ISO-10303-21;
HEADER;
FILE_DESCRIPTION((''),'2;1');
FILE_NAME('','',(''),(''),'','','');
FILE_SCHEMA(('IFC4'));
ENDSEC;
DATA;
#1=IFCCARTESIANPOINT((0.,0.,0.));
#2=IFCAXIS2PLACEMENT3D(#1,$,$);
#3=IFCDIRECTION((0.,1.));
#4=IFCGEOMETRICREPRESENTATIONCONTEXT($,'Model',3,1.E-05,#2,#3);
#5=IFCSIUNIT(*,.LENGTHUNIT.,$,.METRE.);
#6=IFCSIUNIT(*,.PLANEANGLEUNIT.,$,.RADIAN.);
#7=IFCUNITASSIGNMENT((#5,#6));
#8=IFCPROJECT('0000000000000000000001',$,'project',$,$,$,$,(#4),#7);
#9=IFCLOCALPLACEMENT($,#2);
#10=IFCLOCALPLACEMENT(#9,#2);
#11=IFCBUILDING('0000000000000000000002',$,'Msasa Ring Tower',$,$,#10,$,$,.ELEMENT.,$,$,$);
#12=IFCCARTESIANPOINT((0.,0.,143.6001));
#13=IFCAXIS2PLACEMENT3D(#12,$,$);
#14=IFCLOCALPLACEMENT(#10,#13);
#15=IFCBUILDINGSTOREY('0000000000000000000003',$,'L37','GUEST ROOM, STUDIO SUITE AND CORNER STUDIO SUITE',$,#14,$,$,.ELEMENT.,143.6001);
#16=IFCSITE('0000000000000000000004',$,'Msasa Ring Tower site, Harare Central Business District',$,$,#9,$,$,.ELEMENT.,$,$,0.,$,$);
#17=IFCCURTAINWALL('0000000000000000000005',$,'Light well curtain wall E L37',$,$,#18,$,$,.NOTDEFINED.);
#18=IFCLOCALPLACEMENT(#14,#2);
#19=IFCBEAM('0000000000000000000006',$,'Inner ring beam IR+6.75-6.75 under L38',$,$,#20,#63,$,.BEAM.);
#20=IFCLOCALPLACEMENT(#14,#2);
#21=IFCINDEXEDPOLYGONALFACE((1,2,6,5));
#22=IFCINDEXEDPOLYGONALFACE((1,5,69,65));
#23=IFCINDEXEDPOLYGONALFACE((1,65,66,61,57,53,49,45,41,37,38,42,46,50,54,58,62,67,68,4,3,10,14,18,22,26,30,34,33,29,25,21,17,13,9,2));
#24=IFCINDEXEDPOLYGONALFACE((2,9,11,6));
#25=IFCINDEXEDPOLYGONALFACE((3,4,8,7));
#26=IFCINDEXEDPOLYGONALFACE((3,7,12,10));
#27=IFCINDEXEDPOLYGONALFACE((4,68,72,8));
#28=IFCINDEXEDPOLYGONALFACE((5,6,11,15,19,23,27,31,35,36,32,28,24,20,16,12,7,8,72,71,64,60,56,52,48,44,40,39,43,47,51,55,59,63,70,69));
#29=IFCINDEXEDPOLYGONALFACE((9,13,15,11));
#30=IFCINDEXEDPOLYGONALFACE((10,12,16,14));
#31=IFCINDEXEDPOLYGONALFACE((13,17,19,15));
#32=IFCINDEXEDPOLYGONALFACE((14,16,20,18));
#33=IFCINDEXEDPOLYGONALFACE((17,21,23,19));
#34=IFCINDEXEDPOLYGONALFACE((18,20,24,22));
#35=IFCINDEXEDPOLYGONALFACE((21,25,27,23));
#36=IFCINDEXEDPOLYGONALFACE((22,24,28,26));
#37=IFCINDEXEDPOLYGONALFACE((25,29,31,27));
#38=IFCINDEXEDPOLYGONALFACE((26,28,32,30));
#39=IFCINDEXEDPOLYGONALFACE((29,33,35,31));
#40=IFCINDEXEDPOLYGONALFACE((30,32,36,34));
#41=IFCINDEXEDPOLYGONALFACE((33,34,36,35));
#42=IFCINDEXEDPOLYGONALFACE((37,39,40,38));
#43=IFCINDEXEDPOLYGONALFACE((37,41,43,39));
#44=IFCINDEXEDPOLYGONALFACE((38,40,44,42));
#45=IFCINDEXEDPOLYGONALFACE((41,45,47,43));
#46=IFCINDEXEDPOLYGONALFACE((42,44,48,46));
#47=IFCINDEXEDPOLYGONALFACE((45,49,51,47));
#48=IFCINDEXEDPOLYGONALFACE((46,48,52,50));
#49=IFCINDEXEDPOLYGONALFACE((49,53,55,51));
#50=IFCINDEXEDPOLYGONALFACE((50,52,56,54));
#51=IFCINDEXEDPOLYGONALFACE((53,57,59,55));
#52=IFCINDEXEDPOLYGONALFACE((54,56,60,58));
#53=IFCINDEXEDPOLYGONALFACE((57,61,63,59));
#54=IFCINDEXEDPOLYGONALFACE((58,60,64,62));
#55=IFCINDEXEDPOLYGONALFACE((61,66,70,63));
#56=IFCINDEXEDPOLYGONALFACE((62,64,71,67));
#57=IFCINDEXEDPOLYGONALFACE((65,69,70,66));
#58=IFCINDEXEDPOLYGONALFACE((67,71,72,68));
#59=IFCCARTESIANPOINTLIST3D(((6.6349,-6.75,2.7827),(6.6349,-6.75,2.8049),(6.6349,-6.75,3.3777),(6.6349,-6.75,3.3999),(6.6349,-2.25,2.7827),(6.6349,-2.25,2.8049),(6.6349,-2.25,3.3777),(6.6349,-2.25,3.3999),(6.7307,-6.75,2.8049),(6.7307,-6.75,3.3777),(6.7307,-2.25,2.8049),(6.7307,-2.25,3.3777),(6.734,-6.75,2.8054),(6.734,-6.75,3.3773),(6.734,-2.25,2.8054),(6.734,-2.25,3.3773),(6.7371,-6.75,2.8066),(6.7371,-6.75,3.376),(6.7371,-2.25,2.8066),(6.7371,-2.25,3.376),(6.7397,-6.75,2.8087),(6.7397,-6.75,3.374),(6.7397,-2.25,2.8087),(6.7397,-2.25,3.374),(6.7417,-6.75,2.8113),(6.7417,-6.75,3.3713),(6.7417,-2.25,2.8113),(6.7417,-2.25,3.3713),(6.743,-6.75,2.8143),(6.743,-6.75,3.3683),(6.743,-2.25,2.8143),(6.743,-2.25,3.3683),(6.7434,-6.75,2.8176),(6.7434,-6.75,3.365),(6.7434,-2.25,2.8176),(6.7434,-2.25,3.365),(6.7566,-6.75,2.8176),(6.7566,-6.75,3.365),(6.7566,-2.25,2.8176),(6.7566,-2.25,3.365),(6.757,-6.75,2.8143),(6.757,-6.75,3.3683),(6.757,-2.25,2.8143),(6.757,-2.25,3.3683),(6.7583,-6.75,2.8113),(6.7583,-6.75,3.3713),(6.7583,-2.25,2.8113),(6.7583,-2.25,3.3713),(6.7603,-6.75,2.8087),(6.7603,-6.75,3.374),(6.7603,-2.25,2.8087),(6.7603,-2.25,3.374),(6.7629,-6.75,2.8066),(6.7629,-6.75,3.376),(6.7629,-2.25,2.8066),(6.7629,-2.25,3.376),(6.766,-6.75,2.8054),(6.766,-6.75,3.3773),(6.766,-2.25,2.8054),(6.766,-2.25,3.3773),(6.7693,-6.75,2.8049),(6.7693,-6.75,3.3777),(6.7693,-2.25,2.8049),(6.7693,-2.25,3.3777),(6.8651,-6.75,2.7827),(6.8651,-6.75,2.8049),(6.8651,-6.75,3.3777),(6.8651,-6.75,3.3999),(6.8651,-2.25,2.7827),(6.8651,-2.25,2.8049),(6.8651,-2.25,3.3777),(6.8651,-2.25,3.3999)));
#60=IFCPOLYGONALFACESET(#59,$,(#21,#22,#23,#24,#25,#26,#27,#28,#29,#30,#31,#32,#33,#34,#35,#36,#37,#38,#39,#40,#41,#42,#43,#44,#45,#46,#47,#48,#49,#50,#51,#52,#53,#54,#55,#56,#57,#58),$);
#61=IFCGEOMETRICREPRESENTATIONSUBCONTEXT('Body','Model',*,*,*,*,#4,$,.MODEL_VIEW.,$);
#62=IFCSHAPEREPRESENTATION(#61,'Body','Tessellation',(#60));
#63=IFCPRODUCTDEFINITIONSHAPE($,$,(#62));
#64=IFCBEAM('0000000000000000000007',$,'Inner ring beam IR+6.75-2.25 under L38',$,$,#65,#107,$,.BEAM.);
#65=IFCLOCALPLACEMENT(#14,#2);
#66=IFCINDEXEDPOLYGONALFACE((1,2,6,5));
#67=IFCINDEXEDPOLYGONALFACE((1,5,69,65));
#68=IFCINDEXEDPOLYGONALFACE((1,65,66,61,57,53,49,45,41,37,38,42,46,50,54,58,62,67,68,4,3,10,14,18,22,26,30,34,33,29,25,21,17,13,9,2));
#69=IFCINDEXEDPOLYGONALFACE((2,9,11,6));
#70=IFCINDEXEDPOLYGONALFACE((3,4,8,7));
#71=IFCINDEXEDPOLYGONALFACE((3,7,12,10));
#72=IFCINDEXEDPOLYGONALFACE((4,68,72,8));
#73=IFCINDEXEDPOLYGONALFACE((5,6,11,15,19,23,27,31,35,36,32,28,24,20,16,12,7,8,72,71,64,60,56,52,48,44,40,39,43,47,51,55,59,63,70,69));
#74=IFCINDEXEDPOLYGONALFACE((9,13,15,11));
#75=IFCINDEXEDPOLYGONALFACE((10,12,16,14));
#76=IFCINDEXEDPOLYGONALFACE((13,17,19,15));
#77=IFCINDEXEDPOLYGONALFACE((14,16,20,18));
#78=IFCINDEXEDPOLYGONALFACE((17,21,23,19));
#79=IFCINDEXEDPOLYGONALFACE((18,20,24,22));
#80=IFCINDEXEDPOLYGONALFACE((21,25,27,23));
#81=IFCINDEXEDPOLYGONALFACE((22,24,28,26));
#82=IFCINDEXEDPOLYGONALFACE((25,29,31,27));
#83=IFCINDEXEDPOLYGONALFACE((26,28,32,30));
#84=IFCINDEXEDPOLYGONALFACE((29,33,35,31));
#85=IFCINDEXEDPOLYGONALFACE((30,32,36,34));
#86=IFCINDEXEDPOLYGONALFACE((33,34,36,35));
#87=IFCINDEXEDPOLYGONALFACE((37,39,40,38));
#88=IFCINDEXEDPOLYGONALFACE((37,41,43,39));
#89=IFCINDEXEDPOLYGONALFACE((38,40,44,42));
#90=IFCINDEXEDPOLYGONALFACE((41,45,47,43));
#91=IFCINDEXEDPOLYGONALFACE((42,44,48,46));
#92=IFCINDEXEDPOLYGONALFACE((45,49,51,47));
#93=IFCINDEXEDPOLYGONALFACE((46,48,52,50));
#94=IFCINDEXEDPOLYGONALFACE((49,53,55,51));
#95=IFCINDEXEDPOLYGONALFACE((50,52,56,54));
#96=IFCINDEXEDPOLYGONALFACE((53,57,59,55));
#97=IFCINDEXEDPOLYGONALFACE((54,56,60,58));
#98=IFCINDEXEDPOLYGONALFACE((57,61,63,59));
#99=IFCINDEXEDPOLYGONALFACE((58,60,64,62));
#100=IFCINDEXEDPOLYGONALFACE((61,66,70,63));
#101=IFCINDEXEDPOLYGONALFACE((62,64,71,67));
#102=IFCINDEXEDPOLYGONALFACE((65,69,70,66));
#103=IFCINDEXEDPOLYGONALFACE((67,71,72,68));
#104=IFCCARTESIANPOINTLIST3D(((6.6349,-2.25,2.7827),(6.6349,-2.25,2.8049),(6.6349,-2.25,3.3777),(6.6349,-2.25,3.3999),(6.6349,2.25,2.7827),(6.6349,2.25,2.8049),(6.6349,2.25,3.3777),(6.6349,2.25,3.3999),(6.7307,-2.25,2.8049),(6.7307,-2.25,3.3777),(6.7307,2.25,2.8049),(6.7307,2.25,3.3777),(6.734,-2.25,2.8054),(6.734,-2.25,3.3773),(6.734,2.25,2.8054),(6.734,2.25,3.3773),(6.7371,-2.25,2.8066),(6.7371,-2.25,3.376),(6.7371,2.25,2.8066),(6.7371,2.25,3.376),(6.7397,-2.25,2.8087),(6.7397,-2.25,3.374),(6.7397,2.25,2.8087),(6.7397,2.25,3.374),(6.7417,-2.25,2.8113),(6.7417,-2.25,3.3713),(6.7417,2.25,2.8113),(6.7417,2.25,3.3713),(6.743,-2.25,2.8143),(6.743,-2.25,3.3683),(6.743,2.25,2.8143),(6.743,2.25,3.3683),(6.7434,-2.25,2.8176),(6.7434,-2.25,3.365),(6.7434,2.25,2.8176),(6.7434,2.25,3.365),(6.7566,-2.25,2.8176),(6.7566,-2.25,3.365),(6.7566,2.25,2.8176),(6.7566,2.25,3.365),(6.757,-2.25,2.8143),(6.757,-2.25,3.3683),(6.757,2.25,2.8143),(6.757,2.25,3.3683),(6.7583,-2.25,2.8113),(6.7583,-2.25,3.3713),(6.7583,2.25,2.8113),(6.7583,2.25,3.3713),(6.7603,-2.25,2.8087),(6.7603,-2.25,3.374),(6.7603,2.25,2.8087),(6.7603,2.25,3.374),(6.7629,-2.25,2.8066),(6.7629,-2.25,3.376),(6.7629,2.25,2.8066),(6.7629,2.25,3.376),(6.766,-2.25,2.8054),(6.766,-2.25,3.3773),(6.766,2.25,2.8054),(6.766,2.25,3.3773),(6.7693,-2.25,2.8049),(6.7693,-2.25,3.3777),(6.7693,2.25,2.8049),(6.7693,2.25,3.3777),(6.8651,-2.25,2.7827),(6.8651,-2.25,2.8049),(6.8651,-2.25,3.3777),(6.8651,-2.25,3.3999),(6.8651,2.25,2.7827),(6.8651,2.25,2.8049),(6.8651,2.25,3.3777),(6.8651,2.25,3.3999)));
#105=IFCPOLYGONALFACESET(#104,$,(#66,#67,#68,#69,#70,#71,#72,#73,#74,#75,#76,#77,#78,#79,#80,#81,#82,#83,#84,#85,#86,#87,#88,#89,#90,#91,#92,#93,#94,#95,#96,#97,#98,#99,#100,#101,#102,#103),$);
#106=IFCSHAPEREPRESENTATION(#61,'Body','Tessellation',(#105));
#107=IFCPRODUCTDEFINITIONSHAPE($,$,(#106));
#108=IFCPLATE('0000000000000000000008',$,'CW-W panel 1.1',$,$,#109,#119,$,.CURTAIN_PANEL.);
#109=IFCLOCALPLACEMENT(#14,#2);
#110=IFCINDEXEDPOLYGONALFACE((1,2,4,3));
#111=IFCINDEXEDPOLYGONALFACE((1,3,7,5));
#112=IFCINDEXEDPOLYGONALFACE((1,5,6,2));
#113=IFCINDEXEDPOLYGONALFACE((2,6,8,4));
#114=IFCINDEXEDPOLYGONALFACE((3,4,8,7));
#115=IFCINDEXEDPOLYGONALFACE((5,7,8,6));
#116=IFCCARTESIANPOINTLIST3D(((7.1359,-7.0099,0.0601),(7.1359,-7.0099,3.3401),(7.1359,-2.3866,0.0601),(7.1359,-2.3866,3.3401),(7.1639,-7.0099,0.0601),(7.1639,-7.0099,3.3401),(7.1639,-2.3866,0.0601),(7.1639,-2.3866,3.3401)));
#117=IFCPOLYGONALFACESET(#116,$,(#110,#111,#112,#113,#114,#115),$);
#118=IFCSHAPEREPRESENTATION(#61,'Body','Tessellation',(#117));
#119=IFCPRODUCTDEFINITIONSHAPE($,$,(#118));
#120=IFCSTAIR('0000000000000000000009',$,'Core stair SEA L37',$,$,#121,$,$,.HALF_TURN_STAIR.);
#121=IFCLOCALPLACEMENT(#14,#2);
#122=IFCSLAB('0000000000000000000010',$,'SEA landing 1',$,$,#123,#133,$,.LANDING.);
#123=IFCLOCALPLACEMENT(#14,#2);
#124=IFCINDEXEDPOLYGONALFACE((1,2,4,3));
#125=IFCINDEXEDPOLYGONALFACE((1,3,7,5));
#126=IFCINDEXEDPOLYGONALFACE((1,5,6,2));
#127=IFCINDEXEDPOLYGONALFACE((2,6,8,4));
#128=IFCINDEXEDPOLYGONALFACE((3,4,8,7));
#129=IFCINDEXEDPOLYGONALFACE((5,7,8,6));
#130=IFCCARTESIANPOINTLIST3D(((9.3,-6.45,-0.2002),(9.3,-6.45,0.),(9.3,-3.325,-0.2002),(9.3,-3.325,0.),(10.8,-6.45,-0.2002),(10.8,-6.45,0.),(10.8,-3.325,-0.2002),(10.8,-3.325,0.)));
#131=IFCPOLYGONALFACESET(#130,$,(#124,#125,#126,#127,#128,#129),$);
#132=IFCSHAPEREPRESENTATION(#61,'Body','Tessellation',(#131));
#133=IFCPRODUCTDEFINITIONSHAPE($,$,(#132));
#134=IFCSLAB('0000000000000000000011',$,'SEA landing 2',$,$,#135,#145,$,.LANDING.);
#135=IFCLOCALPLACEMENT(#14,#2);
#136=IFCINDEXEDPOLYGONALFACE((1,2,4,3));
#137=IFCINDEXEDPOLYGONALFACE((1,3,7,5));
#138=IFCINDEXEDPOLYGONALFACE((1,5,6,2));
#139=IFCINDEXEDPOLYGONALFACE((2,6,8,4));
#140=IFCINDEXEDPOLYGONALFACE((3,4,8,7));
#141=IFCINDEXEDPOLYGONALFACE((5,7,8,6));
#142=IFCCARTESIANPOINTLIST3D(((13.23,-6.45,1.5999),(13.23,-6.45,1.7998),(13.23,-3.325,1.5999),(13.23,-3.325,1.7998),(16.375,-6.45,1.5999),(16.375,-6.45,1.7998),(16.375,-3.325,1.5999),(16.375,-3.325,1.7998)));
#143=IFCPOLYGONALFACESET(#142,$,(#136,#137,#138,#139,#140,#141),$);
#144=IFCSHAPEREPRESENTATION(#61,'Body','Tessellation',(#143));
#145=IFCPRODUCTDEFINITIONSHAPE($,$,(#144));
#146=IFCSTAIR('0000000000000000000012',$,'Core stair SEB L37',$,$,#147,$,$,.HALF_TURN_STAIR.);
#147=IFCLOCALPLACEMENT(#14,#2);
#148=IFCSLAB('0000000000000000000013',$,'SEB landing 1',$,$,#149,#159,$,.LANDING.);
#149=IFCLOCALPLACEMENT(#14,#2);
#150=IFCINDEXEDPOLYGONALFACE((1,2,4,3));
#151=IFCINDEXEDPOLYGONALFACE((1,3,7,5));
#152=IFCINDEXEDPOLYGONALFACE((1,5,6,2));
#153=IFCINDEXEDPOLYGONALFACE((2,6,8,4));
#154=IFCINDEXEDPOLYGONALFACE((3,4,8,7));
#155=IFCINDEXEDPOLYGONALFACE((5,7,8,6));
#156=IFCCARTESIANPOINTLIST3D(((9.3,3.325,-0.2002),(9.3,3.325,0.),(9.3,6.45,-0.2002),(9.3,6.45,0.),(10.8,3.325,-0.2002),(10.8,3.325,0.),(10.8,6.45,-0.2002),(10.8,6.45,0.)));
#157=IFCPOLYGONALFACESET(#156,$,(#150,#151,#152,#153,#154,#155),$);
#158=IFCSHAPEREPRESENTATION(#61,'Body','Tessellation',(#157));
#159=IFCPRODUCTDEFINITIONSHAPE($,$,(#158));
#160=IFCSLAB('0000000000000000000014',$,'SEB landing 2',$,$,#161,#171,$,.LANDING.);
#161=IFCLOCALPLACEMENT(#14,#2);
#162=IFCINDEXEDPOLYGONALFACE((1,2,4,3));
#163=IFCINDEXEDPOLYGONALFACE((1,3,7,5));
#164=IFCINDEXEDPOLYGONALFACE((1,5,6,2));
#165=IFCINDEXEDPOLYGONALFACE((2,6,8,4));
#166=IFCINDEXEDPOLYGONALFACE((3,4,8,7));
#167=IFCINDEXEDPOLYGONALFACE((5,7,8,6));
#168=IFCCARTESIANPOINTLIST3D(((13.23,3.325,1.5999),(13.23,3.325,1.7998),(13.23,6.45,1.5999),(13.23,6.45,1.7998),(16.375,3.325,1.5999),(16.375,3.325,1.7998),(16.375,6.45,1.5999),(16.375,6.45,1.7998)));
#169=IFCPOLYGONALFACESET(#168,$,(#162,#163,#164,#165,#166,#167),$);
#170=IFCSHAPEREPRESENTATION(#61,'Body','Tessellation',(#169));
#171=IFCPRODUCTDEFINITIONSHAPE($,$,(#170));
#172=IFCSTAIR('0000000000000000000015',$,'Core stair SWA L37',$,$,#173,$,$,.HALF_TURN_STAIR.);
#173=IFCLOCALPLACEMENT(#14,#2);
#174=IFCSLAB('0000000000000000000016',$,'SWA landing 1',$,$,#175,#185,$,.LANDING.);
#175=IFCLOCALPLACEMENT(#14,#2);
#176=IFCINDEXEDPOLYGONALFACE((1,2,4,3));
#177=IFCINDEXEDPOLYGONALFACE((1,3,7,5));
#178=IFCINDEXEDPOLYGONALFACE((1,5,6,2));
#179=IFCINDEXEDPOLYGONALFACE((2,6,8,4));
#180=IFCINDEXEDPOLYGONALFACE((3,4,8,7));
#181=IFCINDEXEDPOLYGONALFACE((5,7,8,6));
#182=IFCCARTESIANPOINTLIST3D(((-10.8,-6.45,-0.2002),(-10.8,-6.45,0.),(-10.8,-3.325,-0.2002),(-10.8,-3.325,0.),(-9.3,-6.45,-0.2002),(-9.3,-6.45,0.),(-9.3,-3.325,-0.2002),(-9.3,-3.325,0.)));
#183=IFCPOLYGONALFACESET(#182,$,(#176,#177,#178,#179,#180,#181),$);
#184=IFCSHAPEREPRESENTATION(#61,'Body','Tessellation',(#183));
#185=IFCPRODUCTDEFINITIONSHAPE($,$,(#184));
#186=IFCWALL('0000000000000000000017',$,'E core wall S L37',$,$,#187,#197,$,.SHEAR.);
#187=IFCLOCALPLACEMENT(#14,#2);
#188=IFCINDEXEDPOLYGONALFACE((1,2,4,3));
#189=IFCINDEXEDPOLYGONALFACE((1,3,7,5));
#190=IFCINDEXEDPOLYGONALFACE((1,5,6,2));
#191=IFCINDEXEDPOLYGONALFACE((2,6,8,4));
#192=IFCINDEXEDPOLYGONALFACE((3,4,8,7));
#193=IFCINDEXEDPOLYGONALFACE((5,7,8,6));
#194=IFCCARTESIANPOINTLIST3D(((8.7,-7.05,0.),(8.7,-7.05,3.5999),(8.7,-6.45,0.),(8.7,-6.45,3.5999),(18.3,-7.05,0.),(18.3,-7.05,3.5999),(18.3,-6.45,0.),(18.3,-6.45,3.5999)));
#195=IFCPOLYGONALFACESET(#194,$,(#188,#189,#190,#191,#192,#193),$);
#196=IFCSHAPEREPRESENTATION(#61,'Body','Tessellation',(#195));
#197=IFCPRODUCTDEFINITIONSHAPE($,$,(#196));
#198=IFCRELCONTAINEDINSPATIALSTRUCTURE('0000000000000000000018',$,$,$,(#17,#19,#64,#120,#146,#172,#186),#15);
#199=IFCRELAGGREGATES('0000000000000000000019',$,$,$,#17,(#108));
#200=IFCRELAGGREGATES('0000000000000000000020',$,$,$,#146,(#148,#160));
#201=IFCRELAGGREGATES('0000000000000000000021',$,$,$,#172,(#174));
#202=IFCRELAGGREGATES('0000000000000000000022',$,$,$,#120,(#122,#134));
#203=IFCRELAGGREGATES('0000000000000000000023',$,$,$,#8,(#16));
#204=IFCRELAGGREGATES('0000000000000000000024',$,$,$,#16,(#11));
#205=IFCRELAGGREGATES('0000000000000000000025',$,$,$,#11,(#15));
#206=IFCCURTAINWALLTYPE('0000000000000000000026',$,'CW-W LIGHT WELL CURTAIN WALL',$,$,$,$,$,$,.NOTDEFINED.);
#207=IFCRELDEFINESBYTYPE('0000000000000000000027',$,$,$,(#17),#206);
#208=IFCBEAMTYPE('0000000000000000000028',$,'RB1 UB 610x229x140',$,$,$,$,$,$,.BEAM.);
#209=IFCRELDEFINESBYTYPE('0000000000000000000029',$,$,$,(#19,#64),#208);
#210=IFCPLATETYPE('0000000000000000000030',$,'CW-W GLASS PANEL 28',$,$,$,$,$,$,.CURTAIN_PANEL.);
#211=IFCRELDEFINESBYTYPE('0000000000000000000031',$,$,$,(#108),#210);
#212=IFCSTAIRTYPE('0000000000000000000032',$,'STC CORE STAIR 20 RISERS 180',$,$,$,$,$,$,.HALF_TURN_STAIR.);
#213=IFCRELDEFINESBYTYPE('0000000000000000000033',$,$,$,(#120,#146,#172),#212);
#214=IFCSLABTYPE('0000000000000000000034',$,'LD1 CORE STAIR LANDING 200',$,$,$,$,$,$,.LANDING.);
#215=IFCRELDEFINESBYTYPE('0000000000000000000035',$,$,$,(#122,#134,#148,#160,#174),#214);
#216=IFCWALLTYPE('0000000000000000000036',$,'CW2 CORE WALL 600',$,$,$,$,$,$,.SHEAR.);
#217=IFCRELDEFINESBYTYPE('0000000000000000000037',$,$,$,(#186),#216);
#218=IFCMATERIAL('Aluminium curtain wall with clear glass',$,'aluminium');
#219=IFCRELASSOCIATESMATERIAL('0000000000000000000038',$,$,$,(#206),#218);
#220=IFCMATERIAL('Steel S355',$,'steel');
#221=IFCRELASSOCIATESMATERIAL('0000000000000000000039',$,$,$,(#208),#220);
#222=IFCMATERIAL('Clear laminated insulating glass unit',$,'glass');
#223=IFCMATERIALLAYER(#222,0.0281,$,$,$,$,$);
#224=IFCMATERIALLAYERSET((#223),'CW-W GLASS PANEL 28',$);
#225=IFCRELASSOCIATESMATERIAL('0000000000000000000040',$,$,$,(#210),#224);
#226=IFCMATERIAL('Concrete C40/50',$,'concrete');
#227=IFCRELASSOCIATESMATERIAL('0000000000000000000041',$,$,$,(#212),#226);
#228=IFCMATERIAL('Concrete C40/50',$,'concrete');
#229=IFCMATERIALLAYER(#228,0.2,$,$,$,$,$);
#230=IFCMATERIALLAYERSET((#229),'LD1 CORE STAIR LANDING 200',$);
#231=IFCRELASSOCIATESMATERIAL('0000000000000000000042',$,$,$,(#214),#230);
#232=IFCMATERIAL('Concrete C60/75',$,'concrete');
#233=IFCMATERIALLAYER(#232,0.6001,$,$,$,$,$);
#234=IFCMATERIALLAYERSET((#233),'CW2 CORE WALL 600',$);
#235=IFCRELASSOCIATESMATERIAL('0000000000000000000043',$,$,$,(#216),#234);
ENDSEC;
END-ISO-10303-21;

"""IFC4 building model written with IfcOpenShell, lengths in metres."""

from ifc_helpers import new_model, si_unit, direction, frame, frame_2d, origin, origin_2d, place, context, subcontext, project, spatial, polyline, rectangle, i_section, outline, extrude, material, layer, layer_set, material_profile, profile_set, type_object, element, aggregate, save


model = new_model("IFC4")

# Units and contexts
model_context = context("Model", 3, precision=1e-05, world=origin(), true_north=direction((0.0, 1.0)))
body_context = subcontext(model_context, "Body", "Model", "MODEL_VIEW")
ifc_project = project(units=[si_unit("LENGTHUNIT", "METRE"), si_unit("PLANEANGLEUNIT", "RADIAN")], contexts=[model_context])

# Site, building, storey
site_placement = place(None, origin())
site = spatial("IfcSite", under=ifc_project, at=site_placement, Name="Msasa Ring Tower site, Harare Central Business District", CompositionType="ELEMENT", RefElevation=0.0)
building_placement = place(site_placement, origin())
building = spatial("IfcBuilding", under=site, at=building_placement, Name="Msasa Ring Tower", CompositionType="ELEMENT")
storey_placement = place(building_placement, frame((0.0, 0.0, 143.6001)))
storey = spatial("IfcBuildingStorey", under=building, at=storey_placement, Name="L37", Description="GUEST ROOM, STUDIO SUITE AND CORNER STUDIO SUITE", CompositionType="ELEMENT", Elevation=143.6001)

# Curtain wall
ifc_material_1 = material(Name="Aluminium curtain wall with clear glass", Category="aluminium")
curtain_wall_type = type_object("IfcCurtainWallType", Name="CW-W LIGHT WELL CURTAIN WALL", PredefinedType="NOTDEFINED", material=ifc_material_1)
curtain_wall_placement = place(storey_placement, origin())
curtain_wall = element("IfcCurtainWall", 1, at=curtain_wall_placement, inside=storey, type_object=curtain_wall_type, Name="Light well curtain wall E L37", PredefinedType="NOTDEFINED")

# Beams
ifc_material_2 = material(Name="Steel S355", Category="steel")
ifc_material_profile_1 = material_profile(ifc_material_2, i_section(OverallWidth=0.2302, OverallDepth=0.6172, WebThickness=0.0132, FlangeThickness=0.0222, FilletRadius=0.0127, at=origin_2d()), Name="UB 610x229x140")
ifc_profile_set_1 = profile_set([ifc_material_profile_1], Name="Steel S355")
beam_type = type_object("IfcBeamType", Name="RB1 UB 610x229x140", PredefinedType="BEAM", material=ifc_profile_set_1)
for number, where, z_axis, x_axis, name in (
    (2, (6.75, -6.75, 3.0913), (0.0, 1.0, 0.0), (-1.0, 0.0, 0.0), "Inner ring beam IR+6.75-6.75 under L38"),
    (3, (6.75, -2.25, 3.0913), (0.0, 1.0, 0.0), (-1.0, 0.0, 0.0), "Inner ring beam IR+6.75-2.25 under L38"),
):
    element("IfcBeam", number, at=place(storey_placement, frame(where, z_axis=z_axis, x_axis=x_axis)), inside=storey, type_object=beam_type, Name=name, PredefinedType="BEAM", context=body_context, shape_type="SweptSolid", body=[
        extrude(i_section(OverallWidth=0.2302, OverallDepth=0.6172, WebThickness=0.0132, FlangeThickness=0.0222, FilletRadius=0.0127, at=origin_2d()), origin(), (0.0, 0.0, 1.0), 4.5),
    ])

# Plate
ifc_material_3 = material(Name="Clear laminated insulating glass unit", Category="glass")
ifc_layer_1 = layer(ifc_material_3, 0.0281)
ifc_layer_set_1 = layer_set([ifc_layer_1], Name="CW-W GLASS PANEL 28")
plate_type = type_object("IfcPlateType", Name="CW-W GLASS PANEL 28", PredefinedType="CURTAIN_PANEL", material=ifc_layer_set_1)
plate_placement = place(storey_placement, frame((7.1499, -4.6982, 0.0601), z_axis=(0.0, 0.0, 1.0), x_axis=(0.0, 1.0, 0.0)))
plate = element("IfcPlate", 4, at=plate_placement, type_object=plate_type, Name="CW-W panel 1.1", PredefinedType="CURTAIN_PANEL", context=body_context, shape_type="SweptSolid", body=[
    extrude(rectangle(XDim=4.6233, YDim=0.0281, at=origin_2d()), origin(), (0.0, 0.0, 1.0), 3.28),
])
aggregate(curtain_wall, [plate])

# Stairs, slabs
ifc_material_4 = material(Name="Concrete C40/50", Category="concrete")
stair_type = type_object("IfcStairType", Name="STC CORE STAIR 20 RISERS 180", PredefinedType="HALF_TURN_STAIR", material=ifc_material_4)
stair_1_placement = place(storey_placement, origin())
stair_1 = element("IfcStair", 5, at=stair_1_placement, inside=storey, type_object=stair_type, Name="Core stair SEA L37", PredefinedType="HALF_TURN_STAIR")
ifc_material_5 = material(Name="Concrete C40/50", Category="concrete")
ifc_layer_2 = layer(ifc_material_5, 0.2)
ifc_layer_set_2 = layer_set([ifc_layer_2], Name="LD1 CORE STAIR LANDING 200")
slab_type = type_object("IfcSlabType", Name="LD1 CORE STAIR LANDING 200", PredefinedType="LANDING", material=ifc_layer_set_2)
slab_1_placement = place(storey_placement, frame((0.0, 0.0, -0.2002)))
slab_1 = element("IfcSlab", 6, at=slab_1_placement, type_object=slab_type, Name="SEA landing 1", PredefinedType="LANDING", context=body_context, shape_type="SweptSolid", body=[
    extrude(outline(polyline([(9.3, -6.45), (10.8, -6.45), (10.8, -3.325), (9.3, -3.325), (9.3, -6.45)])), origin(), (0.0, 0.0, 1.0), 0.2002),
])
slab_2_placement = place(storey_placement, frame((0.0, 0.0, 1.5999)))
slab_2 = element("IfcSlab", 7, at=slab_2_placement, type_object=slab_type, Name="SEA landing 2", PredefinedType="LANDING", context=body_context, shape_type="SweptSolid", body=[
    extrude(outline(polyline([(13.23, -6.45), (16.375, -6.45), (16.375, -3.325), (13.23, -3.325), (13.23, -6.45)])), origin(), (0.0, 0.0, 1.0), 0.2),
])
stair_2_placement = place(storey_placement, origin())
stair_2 = element("IfcStair", 8, at=stair_2_placement, inside=storey, type_object=stair_type, Name="Core stair SEB L37", PredefinedType="HALF_TURN_STAIR")
slab_3_placement = place(storey_placement, frame((0.0, 0.0, -0.2002)))
slab_3 = element("IfcSlab", 9, at=slab_3_placement, type_object=slab_type, Name="SEB landing 1", PredefinedType="LANDING", context=body_context, shape_type="SweptSolid", body=[
    extrude(outline(polyline([(9.3, 3.325), (10.8, 3.325), (10.8, 6.45), (9.3, 6.45), (9.3, 3.325)])), origin(), (0.0, 0.0, 1.0), 0.2002),
])
slab_4_placement = place(storey_placement, frame((0.0, 0.0, 1.5999)))
slab_4 = element("IfcSlab", 10, at=slab_4_placement, type_object=slab_type, Name="SEB landing 2", PredefinedType="LANDING", context=body_context, shape_type="SweptSolid", body=[
    extrude(outline(polyline([(13.23, 3.325), (16.375, 3.325), (16.375, 6.45), (13.23, 6.45), (13.23, 3.325)])), origin(), (0.0, 0.0, 1.0), 0.2),
])
aggregate(stair_2, [slab_3, slab_4])

# Stair, slab
stair_3_placement = place(storey_placement, origin())
stair_3 = element("IfcStair", 11, at=stair_3_placement, inside=storey, type_object=stair_type, Name="Core stair SWA L37", PredefinedType="HALF_TURN_STAIR")
slab_5_placement = place(storey_placement, frame((0.0, 0.0, -0.2002)))
slab_5 = element("IfcSlab", 12, at=slab_5_placement, type_object=slab_type, Name="SWA landing 1", PredefinedType="LANDING", context=body_context, shape_type="SweptSolid", body=[
    extrude(outline(polyline([(-10.8, -6.45), (-9.3, -6.45), (-9.3, -3.325), (-10.8, -3.325), (-10.8, -6.45)])), origin(), (0.0, 0.0, 1.0), 0.2002),
])
aggregate(stair_3, [slab_5])

# Wall
ifc_material_6 = material(Name="Concrete C60/75", Category="concrete")
ifc_layer_3 = layer(ifc_material_6, 0.6001)
ifc_layer_set_3 = layer_set([ifc_layer_3], Name="CW2 CORE WALL 600")
wall_type_1 = type_object("IfcWallType", Name="CW2 CORE WALL 600", PredefinedType="SHEAR", material=ifc_layer_set_3)
wall_1_placement = place(storey_placement, frame((8.7, -6.75, 0.0), z_axis=(0.0, 0.0, 1.0), x_axis=(1.0, 0.0, 0.0)))
element("IfcWall", 13, at=wall_1_placement, inside=storey, type_object=wall_type_1, Name="E core wall S L37", PredefinedType="SHEAR", context=body_context, shape_type="SweptSolid", body=[
    extrude(rectangle(XDim=9.6001, YDim=0.6001, at=frame_2d((4.8, 0.0))), origin(), (0.0, 0.0, 1.0), 3.5999),
])

aggregate(stair_1, [slab_1, slab_2])

save(model, "model.ifc")
